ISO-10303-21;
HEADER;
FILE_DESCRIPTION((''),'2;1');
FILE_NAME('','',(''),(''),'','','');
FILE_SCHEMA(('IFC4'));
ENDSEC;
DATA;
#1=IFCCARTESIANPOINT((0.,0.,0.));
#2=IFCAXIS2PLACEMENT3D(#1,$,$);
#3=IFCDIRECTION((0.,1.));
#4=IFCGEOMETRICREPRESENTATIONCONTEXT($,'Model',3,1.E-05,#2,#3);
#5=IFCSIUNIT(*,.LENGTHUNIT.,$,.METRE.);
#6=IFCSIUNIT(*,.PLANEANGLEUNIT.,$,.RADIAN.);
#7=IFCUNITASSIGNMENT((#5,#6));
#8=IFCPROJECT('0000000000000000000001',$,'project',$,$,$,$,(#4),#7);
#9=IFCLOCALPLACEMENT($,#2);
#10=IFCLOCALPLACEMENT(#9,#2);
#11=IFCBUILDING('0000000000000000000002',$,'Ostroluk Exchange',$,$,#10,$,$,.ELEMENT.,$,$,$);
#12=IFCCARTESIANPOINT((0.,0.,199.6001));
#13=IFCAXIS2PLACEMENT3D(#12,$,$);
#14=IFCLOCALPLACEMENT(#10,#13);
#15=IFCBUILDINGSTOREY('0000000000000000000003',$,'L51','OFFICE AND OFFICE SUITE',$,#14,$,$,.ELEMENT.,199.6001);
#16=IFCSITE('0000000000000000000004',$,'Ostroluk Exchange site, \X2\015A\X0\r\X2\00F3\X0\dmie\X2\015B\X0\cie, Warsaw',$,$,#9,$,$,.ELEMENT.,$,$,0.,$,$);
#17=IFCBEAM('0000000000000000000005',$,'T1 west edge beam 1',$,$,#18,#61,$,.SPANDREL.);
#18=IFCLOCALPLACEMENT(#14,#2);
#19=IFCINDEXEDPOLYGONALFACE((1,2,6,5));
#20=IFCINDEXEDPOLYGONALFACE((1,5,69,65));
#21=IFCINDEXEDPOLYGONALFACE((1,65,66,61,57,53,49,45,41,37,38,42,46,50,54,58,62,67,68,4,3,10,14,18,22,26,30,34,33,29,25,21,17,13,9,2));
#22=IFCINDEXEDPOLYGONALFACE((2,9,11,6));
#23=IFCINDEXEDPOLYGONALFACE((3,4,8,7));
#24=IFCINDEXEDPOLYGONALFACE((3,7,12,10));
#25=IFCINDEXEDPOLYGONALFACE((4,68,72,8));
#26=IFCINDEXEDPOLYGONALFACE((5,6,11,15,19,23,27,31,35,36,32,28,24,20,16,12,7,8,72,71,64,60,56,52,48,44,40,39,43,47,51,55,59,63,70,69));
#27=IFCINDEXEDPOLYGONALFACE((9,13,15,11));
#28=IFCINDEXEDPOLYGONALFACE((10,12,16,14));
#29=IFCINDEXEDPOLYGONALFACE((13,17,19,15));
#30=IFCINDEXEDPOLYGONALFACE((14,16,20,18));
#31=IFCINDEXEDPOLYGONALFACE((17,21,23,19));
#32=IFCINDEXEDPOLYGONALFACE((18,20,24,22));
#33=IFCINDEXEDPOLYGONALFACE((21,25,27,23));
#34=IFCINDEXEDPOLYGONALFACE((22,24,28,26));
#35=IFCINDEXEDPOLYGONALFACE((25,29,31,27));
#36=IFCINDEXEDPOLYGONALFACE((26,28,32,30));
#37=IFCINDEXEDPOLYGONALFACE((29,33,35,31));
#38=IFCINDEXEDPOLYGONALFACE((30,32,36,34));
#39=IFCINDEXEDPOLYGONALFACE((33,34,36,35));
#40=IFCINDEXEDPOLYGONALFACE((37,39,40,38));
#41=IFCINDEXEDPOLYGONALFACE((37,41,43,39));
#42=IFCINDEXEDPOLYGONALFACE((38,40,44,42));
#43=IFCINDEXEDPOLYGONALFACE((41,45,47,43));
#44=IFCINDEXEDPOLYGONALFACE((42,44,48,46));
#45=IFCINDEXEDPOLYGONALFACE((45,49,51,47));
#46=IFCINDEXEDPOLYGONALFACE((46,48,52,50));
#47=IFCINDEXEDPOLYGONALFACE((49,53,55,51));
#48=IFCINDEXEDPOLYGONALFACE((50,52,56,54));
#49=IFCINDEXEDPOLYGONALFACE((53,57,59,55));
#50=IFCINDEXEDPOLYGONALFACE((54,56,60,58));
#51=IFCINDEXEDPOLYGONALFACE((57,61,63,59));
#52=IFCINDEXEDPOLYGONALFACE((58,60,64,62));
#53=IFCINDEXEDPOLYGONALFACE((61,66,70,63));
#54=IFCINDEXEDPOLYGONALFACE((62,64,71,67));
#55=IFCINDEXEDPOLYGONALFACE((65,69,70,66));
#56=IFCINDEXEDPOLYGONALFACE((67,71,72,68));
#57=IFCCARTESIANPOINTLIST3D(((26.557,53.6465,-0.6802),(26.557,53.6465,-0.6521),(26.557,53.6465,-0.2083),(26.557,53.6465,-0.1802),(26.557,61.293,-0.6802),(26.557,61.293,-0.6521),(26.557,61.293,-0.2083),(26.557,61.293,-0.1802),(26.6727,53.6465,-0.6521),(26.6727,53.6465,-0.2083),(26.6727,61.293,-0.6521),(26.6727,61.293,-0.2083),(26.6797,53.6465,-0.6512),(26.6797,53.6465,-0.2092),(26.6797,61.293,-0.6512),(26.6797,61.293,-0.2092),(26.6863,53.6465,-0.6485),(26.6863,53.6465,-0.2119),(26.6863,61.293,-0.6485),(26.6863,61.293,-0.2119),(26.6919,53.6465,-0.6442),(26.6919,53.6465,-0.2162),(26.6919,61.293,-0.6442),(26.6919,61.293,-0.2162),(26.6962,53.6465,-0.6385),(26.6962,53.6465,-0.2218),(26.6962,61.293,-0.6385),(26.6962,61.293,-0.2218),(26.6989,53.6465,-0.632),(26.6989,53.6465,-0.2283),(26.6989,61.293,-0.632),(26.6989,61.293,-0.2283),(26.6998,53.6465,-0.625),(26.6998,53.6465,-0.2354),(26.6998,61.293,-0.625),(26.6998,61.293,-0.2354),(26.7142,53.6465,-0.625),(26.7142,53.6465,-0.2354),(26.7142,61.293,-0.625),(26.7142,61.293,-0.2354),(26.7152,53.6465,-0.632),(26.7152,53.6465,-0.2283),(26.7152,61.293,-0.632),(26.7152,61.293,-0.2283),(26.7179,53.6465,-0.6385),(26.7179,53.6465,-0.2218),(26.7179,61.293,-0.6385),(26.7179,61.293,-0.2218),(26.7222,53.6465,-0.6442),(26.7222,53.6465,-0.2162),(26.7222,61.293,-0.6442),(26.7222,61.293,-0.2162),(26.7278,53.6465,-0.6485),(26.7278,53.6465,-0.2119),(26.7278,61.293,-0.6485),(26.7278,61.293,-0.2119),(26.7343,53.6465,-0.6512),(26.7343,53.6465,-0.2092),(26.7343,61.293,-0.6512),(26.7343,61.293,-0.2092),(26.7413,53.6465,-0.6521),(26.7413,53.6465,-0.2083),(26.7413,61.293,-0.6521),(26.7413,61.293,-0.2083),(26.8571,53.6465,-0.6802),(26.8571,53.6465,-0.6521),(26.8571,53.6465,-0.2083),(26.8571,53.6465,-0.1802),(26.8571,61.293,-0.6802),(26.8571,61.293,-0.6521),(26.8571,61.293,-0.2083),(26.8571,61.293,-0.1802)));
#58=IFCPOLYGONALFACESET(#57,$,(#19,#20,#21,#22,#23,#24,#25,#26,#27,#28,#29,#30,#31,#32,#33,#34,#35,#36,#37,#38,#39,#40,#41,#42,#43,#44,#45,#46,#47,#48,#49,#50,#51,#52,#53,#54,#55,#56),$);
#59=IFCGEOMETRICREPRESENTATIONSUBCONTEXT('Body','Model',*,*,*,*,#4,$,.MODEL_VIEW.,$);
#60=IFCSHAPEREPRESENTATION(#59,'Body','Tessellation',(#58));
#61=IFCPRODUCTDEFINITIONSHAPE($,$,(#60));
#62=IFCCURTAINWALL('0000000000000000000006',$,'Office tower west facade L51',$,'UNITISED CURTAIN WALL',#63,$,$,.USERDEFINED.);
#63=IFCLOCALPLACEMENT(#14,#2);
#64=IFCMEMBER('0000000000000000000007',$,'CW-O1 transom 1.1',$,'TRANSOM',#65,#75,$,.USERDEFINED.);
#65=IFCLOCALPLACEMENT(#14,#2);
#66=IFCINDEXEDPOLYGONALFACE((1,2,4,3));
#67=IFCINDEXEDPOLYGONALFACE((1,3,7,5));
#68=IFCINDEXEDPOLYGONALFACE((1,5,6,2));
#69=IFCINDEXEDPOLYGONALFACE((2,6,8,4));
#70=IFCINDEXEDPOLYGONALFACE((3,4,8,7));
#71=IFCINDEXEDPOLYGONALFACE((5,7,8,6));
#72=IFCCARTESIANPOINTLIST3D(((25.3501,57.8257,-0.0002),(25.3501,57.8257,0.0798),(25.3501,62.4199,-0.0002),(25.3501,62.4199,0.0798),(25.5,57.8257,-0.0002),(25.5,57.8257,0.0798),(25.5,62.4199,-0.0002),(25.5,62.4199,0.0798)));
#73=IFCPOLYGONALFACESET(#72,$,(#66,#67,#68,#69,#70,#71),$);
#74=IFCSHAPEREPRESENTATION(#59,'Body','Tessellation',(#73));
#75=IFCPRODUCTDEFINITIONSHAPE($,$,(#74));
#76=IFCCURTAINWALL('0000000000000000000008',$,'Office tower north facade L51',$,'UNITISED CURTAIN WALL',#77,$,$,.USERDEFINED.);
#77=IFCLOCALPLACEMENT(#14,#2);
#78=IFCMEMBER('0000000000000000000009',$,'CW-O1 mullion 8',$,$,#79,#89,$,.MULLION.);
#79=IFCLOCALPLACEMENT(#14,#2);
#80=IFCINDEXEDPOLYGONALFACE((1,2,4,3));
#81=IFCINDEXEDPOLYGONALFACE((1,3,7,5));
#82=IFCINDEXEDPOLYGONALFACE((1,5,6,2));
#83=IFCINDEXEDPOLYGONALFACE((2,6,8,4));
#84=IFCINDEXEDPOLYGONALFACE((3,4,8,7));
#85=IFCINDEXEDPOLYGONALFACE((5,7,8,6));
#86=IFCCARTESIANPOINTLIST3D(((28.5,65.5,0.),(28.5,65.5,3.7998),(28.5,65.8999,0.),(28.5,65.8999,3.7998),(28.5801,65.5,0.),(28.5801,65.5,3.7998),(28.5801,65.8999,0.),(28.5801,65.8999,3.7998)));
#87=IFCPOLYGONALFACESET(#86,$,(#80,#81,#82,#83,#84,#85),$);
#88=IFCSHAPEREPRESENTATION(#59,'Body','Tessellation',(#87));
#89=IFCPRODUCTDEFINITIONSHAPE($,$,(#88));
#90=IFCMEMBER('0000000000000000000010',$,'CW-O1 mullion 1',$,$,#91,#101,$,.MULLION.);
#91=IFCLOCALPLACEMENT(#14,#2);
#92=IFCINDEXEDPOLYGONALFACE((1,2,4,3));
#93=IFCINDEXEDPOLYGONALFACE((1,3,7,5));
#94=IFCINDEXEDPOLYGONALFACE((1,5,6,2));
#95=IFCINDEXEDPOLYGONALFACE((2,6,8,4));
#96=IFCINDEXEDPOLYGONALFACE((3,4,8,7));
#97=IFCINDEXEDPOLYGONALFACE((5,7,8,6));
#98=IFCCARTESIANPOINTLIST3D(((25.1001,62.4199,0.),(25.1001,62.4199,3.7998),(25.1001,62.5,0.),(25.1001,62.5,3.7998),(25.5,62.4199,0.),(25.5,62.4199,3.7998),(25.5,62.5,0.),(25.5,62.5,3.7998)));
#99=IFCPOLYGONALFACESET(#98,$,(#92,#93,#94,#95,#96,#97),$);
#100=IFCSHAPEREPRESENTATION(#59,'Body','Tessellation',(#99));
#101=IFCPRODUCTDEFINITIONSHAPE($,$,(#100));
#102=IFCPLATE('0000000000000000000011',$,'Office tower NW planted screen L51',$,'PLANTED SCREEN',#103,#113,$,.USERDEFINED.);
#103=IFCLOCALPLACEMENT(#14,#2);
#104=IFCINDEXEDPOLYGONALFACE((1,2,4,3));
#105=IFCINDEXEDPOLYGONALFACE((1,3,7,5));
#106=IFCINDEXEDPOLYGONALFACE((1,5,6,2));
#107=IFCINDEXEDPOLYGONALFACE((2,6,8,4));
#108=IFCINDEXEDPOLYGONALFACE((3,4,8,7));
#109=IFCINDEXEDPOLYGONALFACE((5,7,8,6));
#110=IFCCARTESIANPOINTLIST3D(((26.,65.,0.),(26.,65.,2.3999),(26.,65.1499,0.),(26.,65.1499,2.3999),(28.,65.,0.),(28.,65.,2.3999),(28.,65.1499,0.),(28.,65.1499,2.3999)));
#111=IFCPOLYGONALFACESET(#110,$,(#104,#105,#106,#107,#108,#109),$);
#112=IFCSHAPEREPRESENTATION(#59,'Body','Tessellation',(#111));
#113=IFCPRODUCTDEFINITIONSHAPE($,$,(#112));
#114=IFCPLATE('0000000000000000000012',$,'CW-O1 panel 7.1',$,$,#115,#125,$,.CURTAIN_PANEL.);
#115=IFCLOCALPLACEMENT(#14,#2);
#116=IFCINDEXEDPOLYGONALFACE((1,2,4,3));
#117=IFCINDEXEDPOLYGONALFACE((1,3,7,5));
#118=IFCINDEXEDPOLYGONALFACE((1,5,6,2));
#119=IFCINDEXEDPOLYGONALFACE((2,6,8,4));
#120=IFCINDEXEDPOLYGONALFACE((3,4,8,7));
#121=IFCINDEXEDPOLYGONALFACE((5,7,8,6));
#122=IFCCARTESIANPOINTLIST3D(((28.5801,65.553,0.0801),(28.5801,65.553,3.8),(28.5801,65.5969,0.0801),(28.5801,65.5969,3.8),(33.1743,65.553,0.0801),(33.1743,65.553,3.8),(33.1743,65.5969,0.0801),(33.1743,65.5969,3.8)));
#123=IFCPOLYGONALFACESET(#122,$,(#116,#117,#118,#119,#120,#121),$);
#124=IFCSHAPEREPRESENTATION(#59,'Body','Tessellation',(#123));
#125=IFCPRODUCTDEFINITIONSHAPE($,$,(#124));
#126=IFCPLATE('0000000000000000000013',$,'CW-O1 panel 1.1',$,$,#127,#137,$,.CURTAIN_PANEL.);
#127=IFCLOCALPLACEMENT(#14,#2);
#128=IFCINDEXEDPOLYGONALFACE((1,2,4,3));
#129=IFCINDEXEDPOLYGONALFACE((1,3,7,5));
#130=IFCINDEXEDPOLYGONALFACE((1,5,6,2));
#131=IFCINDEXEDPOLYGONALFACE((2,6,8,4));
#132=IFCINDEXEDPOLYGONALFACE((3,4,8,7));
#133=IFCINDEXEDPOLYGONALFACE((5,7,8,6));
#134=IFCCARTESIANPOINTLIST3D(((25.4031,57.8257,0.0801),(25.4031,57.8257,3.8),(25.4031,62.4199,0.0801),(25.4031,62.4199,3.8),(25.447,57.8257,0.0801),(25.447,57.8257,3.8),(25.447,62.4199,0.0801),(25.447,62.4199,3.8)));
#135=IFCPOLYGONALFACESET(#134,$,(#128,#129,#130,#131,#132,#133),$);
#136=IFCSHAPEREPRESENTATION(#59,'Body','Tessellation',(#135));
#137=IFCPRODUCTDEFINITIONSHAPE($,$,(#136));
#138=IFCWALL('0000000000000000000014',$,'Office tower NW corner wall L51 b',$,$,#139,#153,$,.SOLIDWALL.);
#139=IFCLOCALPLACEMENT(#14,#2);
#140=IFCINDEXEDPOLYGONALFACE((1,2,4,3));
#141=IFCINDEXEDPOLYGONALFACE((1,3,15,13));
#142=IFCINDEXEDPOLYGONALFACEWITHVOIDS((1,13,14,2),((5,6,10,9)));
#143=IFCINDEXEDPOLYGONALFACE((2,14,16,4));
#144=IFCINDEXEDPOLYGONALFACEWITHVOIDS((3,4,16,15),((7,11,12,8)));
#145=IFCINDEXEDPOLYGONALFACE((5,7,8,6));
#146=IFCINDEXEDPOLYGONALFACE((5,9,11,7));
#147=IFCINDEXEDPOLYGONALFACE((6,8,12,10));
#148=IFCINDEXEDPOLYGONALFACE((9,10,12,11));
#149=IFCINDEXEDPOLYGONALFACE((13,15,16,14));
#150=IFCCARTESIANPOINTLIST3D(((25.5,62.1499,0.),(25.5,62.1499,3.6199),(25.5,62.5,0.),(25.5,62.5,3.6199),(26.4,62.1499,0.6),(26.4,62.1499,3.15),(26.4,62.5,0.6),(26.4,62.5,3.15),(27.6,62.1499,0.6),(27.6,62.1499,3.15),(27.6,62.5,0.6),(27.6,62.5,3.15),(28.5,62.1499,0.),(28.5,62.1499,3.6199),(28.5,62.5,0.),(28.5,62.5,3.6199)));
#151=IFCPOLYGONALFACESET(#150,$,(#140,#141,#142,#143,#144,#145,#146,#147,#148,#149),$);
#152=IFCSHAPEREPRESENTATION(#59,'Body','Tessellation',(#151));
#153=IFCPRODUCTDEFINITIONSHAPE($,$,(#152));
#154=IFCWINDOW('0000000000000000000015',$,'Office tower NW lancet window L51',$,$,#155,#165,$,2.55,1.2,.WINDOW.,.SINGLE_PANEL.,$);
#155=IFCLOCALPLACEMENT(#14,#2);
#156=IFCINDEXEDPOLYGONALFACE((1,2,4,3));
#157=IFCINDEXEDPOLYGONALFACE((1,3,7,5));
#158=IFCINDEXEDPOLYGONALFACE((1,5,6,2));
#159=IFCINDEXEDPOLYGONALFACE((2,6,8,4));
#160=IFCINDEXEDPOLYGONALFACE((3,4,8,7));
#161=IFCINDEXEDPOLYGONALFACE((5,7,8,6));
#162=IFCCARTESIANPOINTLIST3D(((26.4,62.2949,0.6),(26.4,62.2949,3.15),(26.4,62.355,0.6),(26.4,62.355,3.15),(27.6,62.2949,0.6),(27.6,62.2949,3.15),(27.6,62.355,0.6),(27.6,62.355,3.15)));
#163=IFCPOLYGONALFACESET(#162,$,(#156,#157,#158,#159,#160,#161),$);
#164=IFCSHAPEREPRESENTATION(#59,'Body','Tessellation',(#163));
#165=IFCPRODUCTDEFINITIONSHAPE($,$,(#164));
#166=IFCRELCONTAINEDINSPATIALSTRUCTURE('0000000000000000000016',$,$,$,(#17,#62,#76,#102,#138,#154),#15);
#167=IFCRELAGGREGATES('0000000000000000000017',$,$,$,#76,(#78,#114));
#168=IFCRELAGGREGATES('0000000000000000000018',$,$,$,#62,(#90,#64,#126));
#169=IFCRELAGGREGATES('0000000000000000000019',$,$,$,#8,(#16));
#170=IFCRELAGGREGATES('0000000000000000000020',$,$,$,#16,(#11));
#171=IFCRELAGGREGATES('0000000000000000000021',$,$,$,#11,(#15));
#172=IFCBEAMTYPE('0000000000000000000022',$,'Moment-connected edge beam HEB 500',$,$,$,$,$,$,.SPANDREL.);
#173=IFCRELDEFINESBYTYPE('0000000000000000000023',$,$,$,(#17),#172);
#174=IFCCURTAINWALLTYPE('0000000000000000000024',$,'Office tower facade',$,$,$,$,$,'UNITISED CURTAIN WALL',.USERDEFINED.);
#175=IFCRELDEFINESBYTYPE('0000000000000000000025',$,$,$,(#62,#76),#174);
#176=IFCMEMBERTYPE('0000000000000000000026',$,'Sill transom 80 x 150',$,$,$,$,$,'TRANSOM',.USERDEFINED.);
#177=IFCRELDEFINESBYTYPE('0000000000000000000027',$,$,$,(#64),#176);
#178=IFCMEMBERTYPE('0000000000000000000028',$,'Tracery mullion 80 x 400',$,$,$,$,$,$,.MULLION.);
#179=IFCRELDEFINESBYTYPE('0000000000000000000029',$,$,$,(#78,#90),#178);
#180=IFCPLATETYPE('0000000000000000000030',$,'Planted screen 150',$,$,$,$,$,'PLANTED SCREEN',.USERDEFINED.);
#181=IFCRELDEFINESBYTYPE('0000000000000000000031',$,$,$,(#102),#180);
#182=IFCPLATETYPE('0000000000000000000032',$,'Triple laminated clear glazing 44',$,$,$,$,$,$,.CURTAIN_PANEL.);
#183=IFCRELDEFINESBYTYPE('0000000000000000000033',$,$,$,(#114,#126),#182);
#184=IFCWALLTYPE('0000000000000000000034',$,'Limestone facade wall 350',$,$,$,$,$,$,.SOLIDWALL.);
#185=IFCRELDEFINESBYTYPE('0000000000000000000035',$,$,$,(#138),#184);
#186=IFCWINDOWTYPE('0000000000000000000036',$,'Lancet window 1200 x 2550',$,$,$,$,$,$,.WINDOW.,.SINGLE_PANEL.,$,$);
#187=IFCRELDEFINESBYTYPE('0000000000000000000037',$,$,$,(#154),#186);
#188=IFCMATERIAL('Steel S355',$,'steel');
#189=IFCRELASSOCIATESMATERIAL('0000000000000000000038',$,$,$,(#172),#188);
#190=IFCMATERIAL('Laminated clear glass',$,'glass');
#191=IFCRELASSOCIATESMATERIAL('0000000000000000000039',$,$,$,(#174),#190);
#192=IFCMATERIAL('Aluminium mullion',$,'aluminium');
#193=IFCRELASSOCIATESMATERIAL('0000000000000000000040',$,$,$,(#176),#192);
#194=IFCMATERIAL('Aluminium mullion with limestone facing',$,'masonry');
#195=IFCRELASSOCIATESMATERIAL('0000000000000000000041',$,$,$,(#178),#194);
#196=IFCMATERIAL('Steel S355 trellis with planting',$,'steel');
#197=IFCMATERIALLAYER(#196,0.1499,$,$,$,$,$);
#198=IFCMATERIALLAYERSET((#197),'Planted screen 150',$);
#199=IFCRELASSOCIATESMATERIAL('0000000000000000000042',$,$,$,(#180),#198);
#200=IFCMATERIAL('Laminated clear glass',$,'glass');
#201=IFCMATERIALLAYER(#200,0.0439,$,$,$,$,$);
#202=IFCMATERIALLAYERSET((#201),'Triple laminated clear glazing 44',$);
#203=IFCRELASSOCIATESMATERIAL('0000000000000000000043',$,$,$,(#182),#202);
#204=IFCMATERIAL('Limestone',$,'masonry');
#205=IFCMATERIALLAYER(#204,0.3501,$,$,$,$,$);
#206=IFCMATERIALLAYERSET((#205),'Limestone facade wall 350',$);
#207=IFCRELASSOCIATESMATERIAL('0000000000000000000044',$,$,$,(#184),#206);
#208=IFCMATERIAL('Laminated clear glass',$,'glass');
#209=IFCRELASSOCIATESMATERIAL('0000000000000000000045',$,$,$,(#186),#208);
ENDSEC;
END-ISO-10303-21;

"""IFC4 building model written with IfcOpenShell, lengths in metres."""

from ifc_helpers import new_model, si_unit, direction, frame, frame_2d, origin, origin_2d, place, context, subcontext, project, spatial, rectangle, i_section, extrude, material, layer, layer_set, material_profile, profile_set, type_object, element, fill, aggregate, save


model = new_model("IFC4")

# Units and contexts
model_context = context("Model", 3, precision=1e-05, world=origin(), true_north=direction((0.0, 1.0)))
body_context = subcontext(model_context, "Body", "Model", "MODEL_VIEW")
ifc_project = project(units=[si_unit("LENGTHUNIT", "METRE"), si_unit("PLANEANGLEUNIT", "RADIAN")], contexts=[model_context])

# Site, building, storey
site_placement = place(None, origin())
site = spatial("IfcSite", under=ifc_project, at=site_placement, Name="Ostroluk Exchange site, Śródmieście, Warsaw", CompositionType="ELEMENT", RefElevation=0.0)
building_placement = place(site_placement, origin())
building = spatial("IfcBuilding", under=site, at=building_placement, Name="Ostroluk Exchange", CompositionType="ELEMENT")
storey_placement = place(building_placement, frame((0.0, 0.0, 199.6001)))
storey = spatial("IfcBuildingStorey", under=building, at=storey_placement, Name="L51", Description="OFFICE AND OFFICE SUITE", CompositionType="ELEMENT", Elevation=199.6001)

# Beam
ifc_material_1 = material(Name="Steel S355", Category="steel")
ifc_material_profile_1 = material_profile(ifc_material_1, i_section(OverallWidth=0.3, OverallDepth=0.5, WebThickness=0.0144, FlangeThickness=0.0281, FilletRadius=0.0271, at=origin_2d()), Name="HEB 500")
ifc_profile_set_1 = profile_set([ifc_material_profile_1], Name="Steel S355")
beam_type_1 = type_object("IfcBeamType", Name="Moment-connected edge beam HEB 500", PredefinedType="SPANDREL", material=ifc_profile_set_1)
beam_1_placement = place(storey_placement, frame((26.707, 61.293, -0.4302), z_axis=(0.0, -1.0, 0.0), x_axis=(1.0, 0.0, 0.0)))
element("IfcBeam", 1, at=beam_1_placement, inside=storey, type_object=beam_type_1, Name="T1 west edge beam 1", PredefinedType="SPANDREL", context=body_context, shape_type="SweptSolid", body=[
    extrude(i_section(OverallWidth=0.3, OverallDepth=0.5, WebThickness=0.0144, FlangeThickness=0.0281, FilletRadius=0.0271, at=origin_2d()), origin(), (0.0, 0.0, 1.0), 7.6465),
])

# Curtain walls, members
ifc_material_2 = material(Name="Laminated clear glass", Category="glass")
curtain_wall_type = type_object("IfcCurtainWallType", Name="Office tower facade", ElementType="UNITISED CURTAIN WALL", PredefinedType="USERDEFINED", material=ifc_material_2)
curtain_wall_1_placement = place(storey_placement, origin())
curtain_wall_1 = element("IfcCurtainWall", 2, at=curtain_wall_1_placement, inside=storey, type_object=curtain_wall_type, Name="Office tower west facade L51", ObjectType="UNITISED CURTAIN WALL", PredefinedType="USERDEFINED")
ifc_material_3 = material(Name="Aluminium mullion", Category="aluminium")
ifc_material_profile_2 = material_profile(ifc_material_3, rectangle(XDim=0.1499, YDim=0.0801, at=origin_2d()), Name="Sill transom 80 x 150")
ifc_profile_set_2 = profile_set([ifc_material_profile_2], Name="Aluminium mullion")
member_type_1 = type_object("IfcMemberType", Name="Sill transom 80 x 150", ElementType="TRANSOM", PredefinedType="USERDEFINED", material=ifc_profile_set_2)
member_1_placement = place(storey_placement, frame((25.425, 62.4199, 0.0398), z_axis=(0.0, -1.0, 0.0), x_axis=(1.0, 0.0, 0.0)))
member_1 = element("IfcMember", 3, at=member_1_placement, type_object=member_type_1, Name="CW-O1 transom 1.1", ObjectType="TRANSOM", PredefinedType="USERDEFINED", context=body_context, shape_type="SweptSolid", body=[
    extrude(rectangle(XDim=0.1499, YDim=0.0801, at=origin_2d()), origin(), (0.0, 0.0, 1.0), 4.5942),
])
curtain_wall_2_placement = place(storey_placement, origin())
curtain_wall_2 = element("IfcCurtainWall", 4, at=curtain_wall_2_placement, inside=storey, type_object=curtain_wall_type, Name="Office tower north facade L51", ObjectType="UNITISED CURTAIN WALL", PredefinedType="USERDEFINED")
ifc_material_4 = material(Name="Aluminium mullion with limestone facing", Category="masonry")
ifc_material_profile_3 = material_profile(ifc_material_4, rectangle(XDim=0.3999, YDim=0.0801, at=origin_2d()), Name="Tracery mullion 80 x 400")
ifc_profile_set_3 = profile_set([ifc_material_profile_3], Name="Aluminium mullion with limestone facing")
member_type_2 = type_object("IfcMemberType", Name="Tracery mullion 80 x 400", PredefinedType="MULLION", material=ifc_profile_set_3)
member_2_placement = place(storey_placement, frame((28.54, 65.7, 0.0), z_axis=(0.0, 0.0, 1.0), x_axis=(0.0, -1.0, 0.0)))
member_2 = element("IfcMember", 5, at=member_2_placement, type_object=member_type_2, Name="CW-O1 mullion 8", PredefinedType="MULLION", context=body_context, shape_type="SweptSolid", body=[
    extrude(rectangle(XDim=0.3999, YDim=0.0801, at=origin_2d()), origin(), (0.0, 0.0, 1.0), 3.7998),
])

# Member
member_3_placement = place(storey_placement, frame((25.3, 62.46, 0.0), z_axis=(0.0, 0.0, 1.0), x_axis=(1.0, 0.0, 0.0)))
member_3 = element("IfcMember", 6, at=member_3_placement, type_object=member_type_2, Name="CW-O1 mullion 1", PredefinedType="MULLION", context=body_context, shape_type="SweptSolid", body=[
    extrude(rectangle(XDim=0.3999, YDim=0.0801, at=origin_2d()), origin(), (0.0, 0.0, 1.0), 3.7998),
])

# Plates
ifc_material_5 = material(Name="Steel S355 trellis with planting", Category="steel")
ifc_layer_1 = layer(ifc_material_5, 0.1499)
ifc_layer_set_1 = layer_set([ifc_layer_1], Name="Planted screen 150")
plate_type_1 = type_object("IfcPlateType", Name="Planted screen 150", ElementType="PLANTED SCREEN", PredefinedType="USERDEFINED", material=ifc_layer_set_1)
plate_1_placement = place(storey_placement, frame((27.0, 65.075, 0.0), z_axis=(0.0, 0.0, 1.0), x_axis=(1.0, 0.0, 0.0)))
element("IfcPlate", 7, at=plate_1_placement, inside=storey, type_object=plate_type_1, Name="Office tower NW planted screen L51", ObjectType="PLANTED SCREEN", PredefinedType="USERDEFINED", context=body_context, shape_type="SweptSolid", body=[
    extrude(rectangle(XDim=2.0, YDim=0.1499, at=origin_2d()), origin(), (0.0, 0.0, 1.0), 2.3999),
])
ifc_material_6 = material(Name="Laminated clear glass", Category="glass")
ifc_layer_2 = layer(ifc_material_6, 0.0439)
ifc_layer_set_2 = layer_set([ifc_layer_2], Name="Triple laminated clear glazing 44")
plate_type_2 = type_object("IfcPlateType", Name="Triple laminated clear glazing 44", PredefinedType="CURTAIN_PANEL", material=ifc_layer_set_2)
plate_2_placement = place(storey_placement, frame((30.8772, 65.575, 0.0801), z_axis=(0.0, 0.0, 1.0), x_axis=(-1.0, 0.0, 0.0)))
plate_2 = element("IfcPlate", 8, at=plate_2_placement, type_object=plate_type_2, Name="CW-O1 panel 7.1", PredefinedType="CURTAIN_PANEL", context=body_context, shape_type="SweptSolid", body=[
    extrude(rectangle(XDim=4.5942, YDim=0.0439, at=origin_2d()), origin(), (0.0, 0.0, 1.0), 3.72),
])
aggregate(curtain_wall_2, [member_2, plate_2])
plate_3_placement = place(storey_placement, frame((25.425, 60.1228, 0.0801), z_axis=(0.0, 0.0, 1.0), x_axis=(0.0, -1.0, 0.0)))
plate_3 = element("IfcPlate", 9, at=plate_3_placement, type_object=plate_type_2, Name="CW-O1 panel 1.1", PredefinedType="CURTAIN_PANEL", context=body_context, shape_type="SweptSolid", body=[
    extrude(rectangle(XDim=4.5942, YDim=0.0439, at=origin_2d()), origin(), (0.0, 0.0, 1.0), 3.72),
])
aggregate(curtain_wall_1, [member_3, member_1, plate_3])

# Shared definitions
ifc_material_7 = material(Name="Limestone", Category="masonry")
ifc_layer_3 = layer(ifc_material_7, 0.3501)
ifc_layer_set_3 = layer_set([ifc_layer_3], Name="Limestone facade wall 350")
wall_type = type_object("IfcWallType", Name="Limestone facade wall 350", PredefinedType="SOLIDWALL", material=ifc_layer_set_3)

# Wall, opening, window
wall_1_placement = place(storey_placement, frame((28.5, 62.325, 0.0), z_axis=(0.0, 0.0, 1.0), x_axis=(-1.0, 0.0, 0.0)))
wall_1 = element("IfcWall", 10, at=wall_1_placement, inside=storey, type_object=wall_type, Name="Office tower NW corner wall L51 b", PredefinedType="SOLIDWALL", context=body_context, shape_type="SweptSolid", body=[
    extrude(rectangle(XDim=3.0, YDim=0.3501, at=frame_2d((1.5, 0.0))), origin(), (0.0, 0.0, 1.0), 3.6199),
])
opening_1_placement = place(wall_1_placement, frame((0.8999, 0.0, 0.6001)))
opening_1 = element("IfcOpeningElement", 11, at=opening_1_placement, cuts=wall_1, PredefinedType="OPENING", context=body_context, shape_type="SweptSolid", body=[
    extrude(rectangle(XDim=1.2, YDim=2.55, at=frame_2d((0.6001, 1.2749))), frame((0.0, 0.1851, 0.0), z_axis=(0.0, -1.0, 0.0), x_axis=(1.0, 0.0, 0.0)), (0.0, 0.0, 1.0), 0.3701),
])
ifc_material_8 = material(Name="Laminated clear glass", Category="glass")
window_type = type_object("IfcWindowType", Name="Lancet window 1200 x 2550", PartitioningType="SINGLE_PANEL", PredefinedType="WINDOW", material=ifc_material_8)
window_placement = place(opening_1_placement, origin())
window = element("IfcWindow", 12, at=window_placement, inside=storey, type_object=window_type, Name="Office tower NW lancet window L51", OverallHeight=2.55, OverallWidth=1.2, PartitioningType="SINGLE_PANEL", PredefinedType="WINDOW", context=body_context, shape_type="SweptSolid", body=[
    extrude(rectangle(XDim=1.2, YDim=2.55, at=frame_2d((0.6001, 1.2749))), frame((0.0, 0.03, 0.0), z_axis=(0.0, -1.0, 0.0), x_axis=(1.0, 0.0, 0.0)), (0.0, 0.0, 1.0), 0.0601),
])
fill(opening_1, window)

save(model, "model.ifc")
